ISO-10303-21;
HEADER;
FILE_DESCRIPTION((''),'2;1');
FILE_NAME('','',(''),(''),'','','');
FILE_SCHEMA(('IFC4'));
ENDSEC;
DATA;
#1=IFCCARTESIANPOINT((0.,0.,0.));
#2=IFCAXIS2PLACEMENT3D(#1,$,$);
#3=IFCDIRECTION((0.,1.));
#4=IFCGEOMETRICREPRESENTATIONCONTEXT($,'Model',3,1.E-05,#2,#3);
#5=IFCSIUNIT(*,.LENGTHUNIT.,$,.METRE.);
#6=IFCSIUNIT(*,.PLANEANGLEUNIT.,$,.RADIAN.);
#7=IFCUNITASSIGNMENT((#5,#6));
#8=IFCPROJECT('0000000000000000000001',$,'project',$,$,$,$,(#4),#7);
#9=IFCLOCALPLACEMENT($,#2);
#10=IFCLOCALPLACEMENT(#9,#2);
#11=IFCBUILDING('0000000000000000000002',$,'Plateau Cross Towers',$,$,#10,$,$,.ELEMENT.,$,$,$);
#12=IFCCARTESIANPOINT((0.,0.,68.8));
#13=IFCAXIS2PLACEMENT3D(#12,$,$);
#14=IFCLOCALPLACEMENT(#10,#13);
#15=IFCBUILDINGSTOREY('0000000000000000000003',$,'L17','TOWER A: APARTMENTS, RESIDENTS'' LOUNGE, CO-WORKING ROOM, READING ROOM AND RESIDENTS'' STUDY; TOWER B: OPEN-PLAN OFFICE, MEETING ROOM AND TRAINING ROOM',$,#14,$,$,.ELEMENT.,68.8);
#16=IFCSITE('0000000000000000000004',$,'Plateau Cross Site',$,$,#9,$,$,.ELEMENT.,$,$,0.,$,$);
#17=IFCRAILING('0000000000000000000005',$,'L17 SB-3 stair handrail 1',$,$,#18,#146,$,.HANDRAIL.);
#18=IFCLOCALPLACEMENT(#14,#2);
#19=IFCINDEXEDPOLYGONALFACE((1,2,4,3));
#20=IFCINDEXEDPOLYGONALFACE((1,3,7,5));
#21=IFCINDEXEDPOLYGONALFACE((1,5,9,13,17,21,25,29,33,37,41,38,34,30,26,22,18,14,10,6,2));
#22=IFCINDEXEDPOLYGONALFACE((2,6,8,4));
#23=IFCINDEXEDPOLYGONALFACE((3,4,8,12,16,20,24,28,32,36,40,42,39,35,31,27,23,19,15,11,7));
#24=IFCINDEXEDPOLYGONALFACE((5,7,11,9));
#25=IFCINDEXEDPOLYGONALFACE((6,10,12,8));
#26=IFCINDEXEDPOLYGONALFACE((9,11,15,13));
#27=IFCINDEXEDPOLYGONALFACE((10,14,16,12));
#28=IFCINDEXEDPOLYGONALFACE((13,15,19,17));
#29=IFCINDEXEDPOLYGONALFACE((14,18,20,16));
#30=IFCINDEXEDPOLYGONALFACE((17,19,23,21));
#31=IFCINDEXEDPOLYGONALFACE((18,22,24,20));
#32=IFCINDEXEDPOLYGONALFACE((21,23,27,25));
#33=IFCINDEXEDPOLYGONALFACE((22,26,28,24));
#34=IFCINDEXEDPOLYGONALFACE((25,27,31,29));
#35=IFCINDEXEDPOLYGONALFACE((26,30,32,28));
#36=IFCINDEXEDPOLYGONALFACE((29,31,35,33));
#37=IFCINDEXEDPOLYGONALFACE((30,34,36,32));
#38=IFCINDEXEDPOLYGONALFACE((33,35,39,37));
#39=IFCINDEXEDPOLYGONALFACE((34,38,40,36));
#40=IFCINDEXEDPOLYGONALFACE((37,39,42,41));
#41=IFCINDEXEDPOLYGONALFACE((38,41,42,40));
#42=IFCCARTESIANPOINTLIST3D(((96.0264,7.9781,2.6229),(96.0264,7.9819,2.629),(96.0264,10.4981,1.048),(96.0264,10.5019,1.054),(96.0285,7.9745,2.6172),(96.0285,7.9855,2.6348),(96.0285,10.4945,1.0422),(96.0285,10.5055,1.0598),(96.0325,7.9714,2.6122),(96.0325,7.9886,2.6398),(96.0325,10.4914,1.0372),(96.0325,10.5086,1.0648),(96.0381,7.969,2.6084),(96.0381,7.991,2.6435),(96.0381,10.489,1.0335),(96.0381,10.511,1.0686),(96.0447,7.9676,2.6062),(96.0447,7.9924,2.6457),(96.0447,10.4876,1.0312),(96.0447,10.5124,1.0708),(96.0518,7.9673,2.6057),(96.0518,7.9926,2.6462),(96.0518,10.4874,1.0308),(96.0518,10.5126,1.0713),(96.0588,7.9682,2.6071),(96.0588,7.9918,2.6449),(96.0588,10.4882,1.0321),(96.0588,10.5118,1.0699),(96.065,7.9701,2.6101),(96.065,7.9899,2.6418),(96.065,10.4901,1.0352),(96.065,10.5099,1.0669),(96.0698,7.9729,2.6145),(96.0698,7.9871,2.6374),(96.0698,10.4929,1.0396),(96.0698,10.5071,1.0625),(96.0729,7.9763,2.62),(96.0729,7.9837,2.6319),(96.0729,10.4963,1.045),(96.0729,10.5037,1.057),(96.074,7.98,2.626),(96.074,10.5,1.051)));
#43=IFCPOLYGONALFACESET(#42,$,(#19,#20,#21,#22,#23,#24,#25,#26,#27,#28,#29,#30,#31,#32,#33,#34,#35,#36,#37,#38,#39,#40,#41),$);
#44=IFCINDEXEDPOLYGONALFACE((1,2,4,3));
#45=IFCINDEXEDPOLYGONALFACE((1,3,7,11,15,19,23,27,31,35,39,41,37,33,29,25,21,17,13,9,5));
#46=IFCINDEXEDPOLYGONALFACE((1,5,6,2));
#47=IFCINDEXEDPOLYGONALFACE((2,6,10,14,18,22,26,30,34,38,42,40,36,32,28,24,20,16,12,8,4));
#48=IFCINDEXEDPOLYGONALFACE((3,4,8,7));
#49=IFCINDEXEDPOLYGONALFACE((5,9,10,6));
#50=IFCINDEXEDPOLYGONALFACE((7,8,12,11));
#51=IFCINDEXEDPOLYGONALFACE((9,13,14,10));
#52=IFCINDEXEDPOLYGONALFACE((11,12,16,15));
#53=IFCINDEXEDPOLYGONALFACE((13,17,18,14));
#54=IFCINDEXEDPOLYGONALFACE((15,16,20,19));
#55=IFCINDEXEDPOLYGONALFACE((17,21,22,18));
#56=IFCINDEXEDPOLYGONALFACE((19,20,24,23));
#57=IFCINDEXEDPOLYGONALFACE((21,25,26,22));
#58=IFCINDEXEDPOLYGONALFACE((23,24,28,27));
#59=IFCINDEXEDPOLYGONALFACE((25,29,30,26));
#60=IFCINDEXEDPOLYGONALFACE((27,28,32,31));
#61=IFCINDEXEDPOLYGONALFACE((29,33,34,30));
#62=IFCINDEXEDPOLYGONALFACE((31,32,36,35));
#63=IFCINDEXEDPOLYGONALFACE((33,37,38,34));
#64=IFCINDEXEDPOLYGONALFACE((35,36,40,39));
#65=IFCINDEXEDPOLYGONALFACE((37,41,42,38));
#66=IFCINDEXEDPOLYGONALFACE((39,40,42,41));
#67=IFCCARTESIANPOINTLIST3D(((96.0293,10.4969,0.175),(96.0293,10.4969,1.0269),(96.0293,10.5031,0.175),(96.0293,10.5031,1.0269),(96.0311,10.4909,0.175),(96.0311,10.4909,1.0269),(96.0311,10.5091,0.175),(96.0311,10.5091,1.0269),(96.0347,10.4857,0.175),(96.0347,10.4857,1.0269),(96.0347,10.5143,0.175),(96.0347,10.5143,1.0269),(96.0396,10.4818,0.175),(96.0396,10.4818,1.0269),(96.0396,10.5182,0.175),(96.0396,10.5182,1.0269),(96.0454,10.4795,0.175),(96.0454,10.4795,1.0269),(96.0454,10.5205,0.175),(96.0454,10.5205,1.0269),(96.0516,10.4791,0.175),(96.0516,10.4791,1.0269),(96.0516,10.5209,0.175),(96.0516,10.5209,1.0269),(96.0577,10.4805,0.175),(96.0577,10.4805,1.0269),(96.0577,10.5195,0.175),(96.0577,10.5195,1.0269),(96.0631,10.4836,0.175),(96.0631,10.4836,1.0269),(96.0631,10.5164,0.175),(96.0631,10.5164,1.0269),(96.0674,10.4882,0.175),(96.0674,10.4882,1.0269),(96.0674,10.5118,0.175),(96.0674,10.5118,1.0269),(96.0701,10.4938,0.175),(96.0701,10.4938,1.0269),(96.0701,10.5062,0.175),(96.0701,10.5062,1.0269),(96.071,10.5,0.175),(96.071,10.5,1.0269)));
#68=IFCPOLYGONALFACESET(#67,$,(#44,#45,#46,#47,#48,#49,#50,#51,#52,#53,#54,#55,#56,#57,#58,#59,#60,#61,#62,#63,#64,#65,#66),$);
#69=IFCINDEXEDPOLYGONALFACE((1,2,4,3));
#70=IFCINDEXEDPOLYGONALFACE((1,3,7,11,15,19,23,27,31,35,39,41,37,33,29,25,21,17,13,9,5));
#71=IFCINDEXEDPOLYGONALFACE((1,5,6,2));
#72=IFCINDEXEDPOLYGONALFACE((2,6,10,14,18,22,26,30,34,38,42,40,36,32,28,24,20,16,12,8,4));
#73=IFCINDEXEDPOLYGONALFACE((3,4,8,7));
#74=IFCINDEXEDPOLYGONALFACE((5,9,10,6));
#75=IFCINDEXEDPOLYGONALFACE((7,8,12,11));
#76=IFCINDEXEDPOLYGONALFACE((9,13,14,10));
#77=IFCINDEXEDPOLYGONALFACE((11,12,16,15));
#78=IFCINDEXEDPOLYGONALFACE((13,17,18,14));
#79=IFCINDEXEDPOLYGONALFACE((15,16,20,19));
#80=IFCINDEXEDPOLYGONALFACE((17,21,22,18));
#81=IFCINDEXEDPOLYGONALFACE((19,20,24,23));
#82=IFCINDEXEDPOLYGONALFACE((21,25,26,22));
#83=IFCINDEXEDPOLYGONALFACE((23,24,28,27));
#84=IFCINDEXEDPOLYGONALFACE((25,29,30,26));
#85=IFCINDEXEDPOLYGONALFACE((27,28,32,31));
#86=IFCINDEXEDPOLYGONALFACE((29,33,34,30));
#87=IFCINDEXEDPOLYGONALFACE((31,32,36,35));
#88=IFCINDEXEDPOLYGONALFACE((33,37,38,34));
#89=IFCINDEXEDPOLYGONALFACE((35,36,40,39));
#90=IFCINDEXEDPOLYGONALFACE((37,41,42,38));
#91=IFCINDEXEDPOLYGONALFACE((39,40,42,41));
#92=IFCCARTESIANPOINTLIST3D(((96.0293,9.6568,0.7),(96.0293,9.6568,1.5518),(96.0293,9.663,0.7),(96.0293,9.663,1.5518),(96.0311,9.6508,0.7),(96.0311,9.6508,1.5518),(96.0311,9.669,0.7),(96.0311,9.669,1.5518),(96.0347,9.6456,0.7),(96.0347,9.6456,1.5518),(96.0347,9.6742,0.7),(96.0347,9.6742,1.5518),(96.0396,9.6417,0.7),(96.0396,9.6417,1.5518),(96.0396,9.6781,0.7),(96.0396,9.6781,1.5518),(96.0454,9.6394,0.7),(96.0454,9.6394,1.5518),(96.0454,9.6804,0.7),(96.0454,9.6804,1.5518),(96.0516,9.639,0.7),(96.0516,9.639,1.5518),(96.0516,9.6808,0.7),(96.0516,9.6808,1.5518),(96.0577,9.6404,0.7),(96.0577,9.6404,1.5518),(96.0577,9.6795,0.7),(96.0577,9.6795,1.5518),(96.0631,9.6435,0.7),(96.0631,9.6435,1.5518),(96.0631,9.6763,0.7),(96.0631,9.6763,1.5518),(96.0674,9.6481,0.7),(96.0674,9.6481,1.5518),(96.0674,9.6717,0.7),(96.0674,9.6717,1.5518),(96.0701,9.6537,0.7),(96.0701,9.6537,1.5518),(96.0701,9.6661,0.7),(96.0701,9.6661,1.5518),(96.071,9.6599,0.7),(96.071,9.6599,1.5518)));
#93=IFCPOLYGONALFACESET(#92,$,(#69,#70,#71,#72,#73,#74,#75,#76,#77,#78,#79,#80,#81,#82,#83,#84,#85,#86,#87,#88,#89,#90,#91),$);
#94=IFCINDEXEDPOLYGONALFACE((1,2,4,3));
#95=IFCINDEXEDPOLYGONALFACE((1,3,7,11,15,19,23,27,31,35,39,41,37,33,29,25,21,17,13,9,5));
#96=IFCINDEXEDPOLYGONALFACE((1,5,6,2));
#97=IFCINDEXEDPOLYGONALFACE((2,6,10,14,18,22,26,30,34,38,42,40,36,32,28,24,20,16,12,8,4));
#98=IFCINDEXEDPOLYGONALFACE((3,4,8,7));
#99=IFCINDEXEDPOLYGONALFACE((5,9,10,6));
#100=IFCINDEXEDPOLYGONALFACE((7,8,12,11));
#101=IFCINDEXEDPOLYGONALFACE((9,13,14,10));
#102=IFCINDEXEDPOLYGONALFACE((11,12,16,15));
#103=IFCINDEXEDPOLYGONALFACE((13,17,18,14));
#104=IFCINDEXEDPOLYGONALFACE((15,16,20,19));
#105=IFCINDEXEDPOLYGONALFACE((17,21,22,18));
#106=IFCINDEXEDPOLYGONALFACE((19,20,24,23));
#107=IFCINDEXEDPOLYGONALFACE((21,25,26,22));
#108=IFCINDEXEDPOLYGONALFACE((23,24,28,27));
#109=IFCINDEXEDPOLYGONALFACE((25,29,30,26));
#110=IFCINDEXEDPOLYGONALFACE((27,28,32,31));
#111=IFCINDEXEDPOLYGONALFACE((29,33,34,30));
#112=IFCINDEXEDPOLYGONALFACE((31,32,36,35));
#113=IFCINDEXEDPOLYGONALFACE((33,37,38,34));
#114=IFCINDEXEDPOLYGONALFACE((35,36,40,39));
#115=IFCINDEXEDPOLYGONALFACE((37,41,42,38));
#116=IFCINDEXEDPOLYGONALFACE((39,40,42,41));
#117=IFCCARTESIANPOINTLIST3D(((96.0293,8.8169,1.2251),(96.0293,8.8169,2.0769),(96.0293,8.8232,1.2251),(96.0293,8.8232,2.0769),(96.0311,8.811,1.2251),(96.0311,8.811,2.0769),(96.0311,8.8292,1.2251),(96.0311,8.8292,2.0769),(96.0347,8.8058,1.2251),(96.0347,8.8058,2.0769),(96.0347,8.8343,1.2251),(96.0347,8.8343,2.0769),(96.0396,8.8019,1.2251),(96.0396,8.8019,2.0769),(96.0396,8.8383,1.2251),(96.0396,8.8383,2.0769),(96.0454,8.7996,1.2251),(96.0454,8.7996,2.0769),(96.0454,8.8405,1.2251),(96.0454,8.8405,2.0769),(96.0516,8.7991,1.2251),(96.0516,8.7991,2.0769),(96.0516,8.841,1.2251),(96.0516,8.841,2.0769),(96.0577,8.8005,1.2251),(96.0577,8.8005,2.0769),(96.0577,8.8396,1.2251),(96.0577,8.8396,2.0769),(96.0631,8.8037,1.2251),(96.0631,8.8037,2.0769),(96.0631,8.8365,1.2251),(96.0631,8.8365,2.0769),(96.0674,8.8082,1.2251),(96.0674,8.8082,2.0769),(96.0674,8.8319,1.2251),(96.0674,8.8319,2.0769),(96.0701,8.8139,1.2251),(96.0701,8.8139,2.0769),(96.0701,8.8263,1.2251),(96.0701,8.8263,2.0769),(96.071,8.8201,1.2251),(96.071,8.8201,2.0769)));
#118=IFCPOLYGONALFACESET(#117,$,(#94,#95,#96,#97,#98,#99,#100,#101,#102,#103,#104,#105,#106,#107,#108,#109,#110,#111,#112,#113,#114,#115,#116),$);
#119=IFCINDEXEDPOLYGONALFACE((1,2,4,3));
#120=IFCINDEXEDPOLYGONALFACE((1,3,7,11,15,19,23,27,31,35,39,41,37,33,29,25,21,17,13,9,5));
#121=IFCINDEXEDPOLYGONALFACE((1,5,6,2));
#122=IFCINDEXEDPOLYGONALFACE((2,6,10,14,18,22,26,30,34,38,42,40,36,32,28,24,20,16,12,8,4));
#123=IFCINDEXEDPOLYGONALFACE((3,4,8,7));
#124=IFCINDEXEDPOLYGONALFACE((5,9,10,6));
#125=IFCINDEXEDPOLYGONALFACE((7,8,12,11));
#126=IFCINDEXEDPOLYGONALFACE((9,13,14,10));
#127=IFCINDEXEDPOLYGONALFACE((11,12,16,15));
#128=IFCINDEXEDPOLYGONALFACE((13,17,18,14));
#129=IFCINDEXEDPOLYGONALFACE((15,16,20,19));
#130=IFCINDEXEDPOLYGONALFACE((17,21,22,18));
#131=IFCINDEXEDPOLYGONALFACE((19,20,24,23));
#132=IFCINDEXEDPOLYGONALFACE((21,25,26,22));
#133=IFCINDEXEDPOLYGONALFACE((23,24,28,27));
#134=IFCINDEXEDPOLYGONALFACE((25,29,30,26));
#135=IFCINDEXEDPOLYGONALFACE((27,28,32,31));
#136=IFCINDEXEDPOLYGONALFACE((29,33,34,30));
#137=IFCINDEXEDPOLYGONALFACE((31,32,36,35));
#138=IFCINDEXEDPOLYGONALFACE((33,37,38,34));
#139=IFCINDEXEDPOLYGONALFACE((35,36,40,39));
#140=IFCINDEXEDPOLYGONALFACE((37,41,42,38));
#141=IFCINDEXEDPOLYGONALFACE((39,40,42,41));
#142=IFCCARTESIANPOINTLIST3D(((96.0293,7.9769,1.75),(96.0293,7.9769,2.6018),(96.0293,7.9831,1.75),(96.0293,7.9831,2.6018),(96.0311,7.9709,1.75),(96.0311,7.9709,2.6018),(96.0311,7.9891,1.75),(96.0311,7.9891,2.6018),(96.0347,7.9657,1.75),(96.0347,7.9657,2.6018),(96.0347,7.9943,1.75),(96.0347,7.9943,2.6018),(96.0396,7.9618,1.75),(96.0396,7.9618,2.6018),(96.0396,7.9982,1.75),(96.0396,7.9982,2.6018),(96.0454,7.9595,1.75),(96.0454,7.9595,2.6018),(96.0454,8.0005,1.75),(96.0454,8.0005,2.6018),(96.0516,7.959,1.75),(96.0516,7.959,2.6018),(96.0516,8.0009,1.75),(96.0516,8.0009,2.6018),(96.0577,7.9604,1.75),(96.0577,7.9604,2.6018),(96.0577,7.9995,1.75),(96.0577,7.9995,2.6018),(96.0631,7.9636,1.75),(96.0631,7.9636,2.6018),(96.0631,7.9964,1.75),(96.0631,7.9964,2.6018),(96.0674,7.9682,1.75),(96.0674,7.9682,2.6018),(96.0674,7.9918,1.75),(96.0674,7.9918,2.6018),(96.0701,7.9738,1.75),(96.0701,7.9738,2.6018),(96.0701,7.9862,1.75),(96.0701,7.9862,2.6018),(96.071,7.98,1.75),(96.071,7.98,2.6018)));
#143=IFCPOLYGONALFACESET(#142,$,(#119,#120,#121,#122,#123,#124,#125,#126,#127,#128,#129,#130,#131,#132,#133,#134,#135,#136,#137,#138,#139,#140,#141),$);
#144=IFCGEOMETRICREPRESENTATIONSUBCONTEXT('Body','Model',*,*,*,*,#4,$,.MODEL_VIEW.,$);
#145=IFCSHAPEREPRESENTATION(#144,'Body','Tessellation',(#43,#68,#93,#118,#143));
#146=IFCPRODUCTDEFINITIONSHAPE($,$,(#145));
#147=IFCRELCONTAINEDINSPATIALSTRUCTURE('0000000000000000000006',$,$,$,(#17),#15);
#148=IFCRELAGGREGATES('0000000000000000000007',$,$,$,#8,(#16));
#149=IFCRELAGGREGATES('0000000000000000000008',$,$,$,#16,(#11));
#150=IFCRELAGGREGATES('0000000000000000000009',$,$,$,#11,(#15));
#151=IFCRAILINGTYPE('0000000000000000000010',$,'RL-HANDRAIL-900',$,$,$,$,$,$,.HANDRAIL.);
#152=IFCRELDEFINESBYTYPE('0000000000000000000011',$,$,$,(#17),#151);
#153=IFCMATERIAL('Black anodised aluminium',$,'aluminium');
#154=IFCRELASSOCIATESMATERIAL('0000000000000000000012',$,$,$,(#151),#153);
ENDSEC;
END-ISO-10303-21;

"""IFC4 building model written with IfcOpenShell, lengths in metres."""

from ifc_helpers import new_model, si_unit, direction, frame, origin, origin_2d, place, context, subcontext, project, spatial, circle, extrude, material, type_object, element, save


model = new_model("IFC4")

# Units and contexts
model_context = context("Model", 3, precision=1e-05, world=origin(), true_north=direction((0.0, 1.0)))
body_context = subcontext(model_context, "Body", "Model", "MODEL_VIEW")
ifc_project = project(units=[si_unit("LENGTHUNIT", "METRE"), si_unit("PLANEANGLEUNIT", "RADIAN")], contexts=[model_context])

# Site, building, storey
site_placement = place(None, origin())
site = spatial("IfcSite", under=ifc_project, at=site_placement, Name="Plateau Cross Site", CompositionType="ELEMENT", RefElevation=0.0)
building_placement = place(site_placement, origin())
building = spatial("IfcBuilding", under=site, at=building_placement, Name="Plateau Cross Towers", CompositionType="ELEMENT")
storey_placement = place(building_placement, frame((0.0, 0.0, 68.8)))
storey = spatial("IfcBuildingStorey", under=building, at=storey_placement, Name="L17", Description="TOWER A: APARTMENTS, RESIDENTS' LOUNGE, CO-WORKING ROOM, READING ROOM AND RESIDENTS' STUDY; TOWER B: OPEN-PLAN OFFICE, MEETING ROOM AND TRAINING ROOM", CompositionType="ELEMENT", Elevation=68.8)

# Shared definitions
ifc_material_1 = material(Name="Black anodised aluminium", Category="aluminium")

# Railing
railing_type_1 = type_object("IfcRailingType", Name="RL-HANDRAIL-900", PredefinedType="HANDRAIL", material=ifc_material_1)
railing_1_placement = place(storey_placement, frame((96.05, 10.5, 0.175)))
element("IfcRailing", 1, at=railing_1_placement, inside=storey, type_object=railing_type_1, Name="L17 SB-3 stair handrail 1", PredefinedType="HANDRAIL", context=body_context, shape_type="SweptSolid", body=[
    extrude(circle(Radius=0.0239, at=origin_2d()), frame((0.0, 0.0, 0.876), z_axis=(0.0, -0.848008, 0.529984), x_axis=(1.0, 0.0, 0.0)), (0.0, 0.0, 1.0), 2.9717),
    extrude(circle(Radius=0.021, at=origin_2d()), origin(), (0.0, 0.0, 1.0), 0.8518),
    extrude(circle(Radius=0.021, at=origin_2d()), frame((0.0, -0.8401, 0.5249)), (0.0, 0.0, 1.0), 0.8518),
    extrude(circle(Radius=0.021, at=origin_2d()), frame((0.0, -1.6799, 1.05)), (0.0, 0.0, 1.0), 0.8518),
    extrude(circle(Radius=0.021, at=origin_2d()), frame((0.0, -2.52, 1.575)), (0.0, 0.0, 1.0), 0.8518),
])

save(model, "model.ifc")
